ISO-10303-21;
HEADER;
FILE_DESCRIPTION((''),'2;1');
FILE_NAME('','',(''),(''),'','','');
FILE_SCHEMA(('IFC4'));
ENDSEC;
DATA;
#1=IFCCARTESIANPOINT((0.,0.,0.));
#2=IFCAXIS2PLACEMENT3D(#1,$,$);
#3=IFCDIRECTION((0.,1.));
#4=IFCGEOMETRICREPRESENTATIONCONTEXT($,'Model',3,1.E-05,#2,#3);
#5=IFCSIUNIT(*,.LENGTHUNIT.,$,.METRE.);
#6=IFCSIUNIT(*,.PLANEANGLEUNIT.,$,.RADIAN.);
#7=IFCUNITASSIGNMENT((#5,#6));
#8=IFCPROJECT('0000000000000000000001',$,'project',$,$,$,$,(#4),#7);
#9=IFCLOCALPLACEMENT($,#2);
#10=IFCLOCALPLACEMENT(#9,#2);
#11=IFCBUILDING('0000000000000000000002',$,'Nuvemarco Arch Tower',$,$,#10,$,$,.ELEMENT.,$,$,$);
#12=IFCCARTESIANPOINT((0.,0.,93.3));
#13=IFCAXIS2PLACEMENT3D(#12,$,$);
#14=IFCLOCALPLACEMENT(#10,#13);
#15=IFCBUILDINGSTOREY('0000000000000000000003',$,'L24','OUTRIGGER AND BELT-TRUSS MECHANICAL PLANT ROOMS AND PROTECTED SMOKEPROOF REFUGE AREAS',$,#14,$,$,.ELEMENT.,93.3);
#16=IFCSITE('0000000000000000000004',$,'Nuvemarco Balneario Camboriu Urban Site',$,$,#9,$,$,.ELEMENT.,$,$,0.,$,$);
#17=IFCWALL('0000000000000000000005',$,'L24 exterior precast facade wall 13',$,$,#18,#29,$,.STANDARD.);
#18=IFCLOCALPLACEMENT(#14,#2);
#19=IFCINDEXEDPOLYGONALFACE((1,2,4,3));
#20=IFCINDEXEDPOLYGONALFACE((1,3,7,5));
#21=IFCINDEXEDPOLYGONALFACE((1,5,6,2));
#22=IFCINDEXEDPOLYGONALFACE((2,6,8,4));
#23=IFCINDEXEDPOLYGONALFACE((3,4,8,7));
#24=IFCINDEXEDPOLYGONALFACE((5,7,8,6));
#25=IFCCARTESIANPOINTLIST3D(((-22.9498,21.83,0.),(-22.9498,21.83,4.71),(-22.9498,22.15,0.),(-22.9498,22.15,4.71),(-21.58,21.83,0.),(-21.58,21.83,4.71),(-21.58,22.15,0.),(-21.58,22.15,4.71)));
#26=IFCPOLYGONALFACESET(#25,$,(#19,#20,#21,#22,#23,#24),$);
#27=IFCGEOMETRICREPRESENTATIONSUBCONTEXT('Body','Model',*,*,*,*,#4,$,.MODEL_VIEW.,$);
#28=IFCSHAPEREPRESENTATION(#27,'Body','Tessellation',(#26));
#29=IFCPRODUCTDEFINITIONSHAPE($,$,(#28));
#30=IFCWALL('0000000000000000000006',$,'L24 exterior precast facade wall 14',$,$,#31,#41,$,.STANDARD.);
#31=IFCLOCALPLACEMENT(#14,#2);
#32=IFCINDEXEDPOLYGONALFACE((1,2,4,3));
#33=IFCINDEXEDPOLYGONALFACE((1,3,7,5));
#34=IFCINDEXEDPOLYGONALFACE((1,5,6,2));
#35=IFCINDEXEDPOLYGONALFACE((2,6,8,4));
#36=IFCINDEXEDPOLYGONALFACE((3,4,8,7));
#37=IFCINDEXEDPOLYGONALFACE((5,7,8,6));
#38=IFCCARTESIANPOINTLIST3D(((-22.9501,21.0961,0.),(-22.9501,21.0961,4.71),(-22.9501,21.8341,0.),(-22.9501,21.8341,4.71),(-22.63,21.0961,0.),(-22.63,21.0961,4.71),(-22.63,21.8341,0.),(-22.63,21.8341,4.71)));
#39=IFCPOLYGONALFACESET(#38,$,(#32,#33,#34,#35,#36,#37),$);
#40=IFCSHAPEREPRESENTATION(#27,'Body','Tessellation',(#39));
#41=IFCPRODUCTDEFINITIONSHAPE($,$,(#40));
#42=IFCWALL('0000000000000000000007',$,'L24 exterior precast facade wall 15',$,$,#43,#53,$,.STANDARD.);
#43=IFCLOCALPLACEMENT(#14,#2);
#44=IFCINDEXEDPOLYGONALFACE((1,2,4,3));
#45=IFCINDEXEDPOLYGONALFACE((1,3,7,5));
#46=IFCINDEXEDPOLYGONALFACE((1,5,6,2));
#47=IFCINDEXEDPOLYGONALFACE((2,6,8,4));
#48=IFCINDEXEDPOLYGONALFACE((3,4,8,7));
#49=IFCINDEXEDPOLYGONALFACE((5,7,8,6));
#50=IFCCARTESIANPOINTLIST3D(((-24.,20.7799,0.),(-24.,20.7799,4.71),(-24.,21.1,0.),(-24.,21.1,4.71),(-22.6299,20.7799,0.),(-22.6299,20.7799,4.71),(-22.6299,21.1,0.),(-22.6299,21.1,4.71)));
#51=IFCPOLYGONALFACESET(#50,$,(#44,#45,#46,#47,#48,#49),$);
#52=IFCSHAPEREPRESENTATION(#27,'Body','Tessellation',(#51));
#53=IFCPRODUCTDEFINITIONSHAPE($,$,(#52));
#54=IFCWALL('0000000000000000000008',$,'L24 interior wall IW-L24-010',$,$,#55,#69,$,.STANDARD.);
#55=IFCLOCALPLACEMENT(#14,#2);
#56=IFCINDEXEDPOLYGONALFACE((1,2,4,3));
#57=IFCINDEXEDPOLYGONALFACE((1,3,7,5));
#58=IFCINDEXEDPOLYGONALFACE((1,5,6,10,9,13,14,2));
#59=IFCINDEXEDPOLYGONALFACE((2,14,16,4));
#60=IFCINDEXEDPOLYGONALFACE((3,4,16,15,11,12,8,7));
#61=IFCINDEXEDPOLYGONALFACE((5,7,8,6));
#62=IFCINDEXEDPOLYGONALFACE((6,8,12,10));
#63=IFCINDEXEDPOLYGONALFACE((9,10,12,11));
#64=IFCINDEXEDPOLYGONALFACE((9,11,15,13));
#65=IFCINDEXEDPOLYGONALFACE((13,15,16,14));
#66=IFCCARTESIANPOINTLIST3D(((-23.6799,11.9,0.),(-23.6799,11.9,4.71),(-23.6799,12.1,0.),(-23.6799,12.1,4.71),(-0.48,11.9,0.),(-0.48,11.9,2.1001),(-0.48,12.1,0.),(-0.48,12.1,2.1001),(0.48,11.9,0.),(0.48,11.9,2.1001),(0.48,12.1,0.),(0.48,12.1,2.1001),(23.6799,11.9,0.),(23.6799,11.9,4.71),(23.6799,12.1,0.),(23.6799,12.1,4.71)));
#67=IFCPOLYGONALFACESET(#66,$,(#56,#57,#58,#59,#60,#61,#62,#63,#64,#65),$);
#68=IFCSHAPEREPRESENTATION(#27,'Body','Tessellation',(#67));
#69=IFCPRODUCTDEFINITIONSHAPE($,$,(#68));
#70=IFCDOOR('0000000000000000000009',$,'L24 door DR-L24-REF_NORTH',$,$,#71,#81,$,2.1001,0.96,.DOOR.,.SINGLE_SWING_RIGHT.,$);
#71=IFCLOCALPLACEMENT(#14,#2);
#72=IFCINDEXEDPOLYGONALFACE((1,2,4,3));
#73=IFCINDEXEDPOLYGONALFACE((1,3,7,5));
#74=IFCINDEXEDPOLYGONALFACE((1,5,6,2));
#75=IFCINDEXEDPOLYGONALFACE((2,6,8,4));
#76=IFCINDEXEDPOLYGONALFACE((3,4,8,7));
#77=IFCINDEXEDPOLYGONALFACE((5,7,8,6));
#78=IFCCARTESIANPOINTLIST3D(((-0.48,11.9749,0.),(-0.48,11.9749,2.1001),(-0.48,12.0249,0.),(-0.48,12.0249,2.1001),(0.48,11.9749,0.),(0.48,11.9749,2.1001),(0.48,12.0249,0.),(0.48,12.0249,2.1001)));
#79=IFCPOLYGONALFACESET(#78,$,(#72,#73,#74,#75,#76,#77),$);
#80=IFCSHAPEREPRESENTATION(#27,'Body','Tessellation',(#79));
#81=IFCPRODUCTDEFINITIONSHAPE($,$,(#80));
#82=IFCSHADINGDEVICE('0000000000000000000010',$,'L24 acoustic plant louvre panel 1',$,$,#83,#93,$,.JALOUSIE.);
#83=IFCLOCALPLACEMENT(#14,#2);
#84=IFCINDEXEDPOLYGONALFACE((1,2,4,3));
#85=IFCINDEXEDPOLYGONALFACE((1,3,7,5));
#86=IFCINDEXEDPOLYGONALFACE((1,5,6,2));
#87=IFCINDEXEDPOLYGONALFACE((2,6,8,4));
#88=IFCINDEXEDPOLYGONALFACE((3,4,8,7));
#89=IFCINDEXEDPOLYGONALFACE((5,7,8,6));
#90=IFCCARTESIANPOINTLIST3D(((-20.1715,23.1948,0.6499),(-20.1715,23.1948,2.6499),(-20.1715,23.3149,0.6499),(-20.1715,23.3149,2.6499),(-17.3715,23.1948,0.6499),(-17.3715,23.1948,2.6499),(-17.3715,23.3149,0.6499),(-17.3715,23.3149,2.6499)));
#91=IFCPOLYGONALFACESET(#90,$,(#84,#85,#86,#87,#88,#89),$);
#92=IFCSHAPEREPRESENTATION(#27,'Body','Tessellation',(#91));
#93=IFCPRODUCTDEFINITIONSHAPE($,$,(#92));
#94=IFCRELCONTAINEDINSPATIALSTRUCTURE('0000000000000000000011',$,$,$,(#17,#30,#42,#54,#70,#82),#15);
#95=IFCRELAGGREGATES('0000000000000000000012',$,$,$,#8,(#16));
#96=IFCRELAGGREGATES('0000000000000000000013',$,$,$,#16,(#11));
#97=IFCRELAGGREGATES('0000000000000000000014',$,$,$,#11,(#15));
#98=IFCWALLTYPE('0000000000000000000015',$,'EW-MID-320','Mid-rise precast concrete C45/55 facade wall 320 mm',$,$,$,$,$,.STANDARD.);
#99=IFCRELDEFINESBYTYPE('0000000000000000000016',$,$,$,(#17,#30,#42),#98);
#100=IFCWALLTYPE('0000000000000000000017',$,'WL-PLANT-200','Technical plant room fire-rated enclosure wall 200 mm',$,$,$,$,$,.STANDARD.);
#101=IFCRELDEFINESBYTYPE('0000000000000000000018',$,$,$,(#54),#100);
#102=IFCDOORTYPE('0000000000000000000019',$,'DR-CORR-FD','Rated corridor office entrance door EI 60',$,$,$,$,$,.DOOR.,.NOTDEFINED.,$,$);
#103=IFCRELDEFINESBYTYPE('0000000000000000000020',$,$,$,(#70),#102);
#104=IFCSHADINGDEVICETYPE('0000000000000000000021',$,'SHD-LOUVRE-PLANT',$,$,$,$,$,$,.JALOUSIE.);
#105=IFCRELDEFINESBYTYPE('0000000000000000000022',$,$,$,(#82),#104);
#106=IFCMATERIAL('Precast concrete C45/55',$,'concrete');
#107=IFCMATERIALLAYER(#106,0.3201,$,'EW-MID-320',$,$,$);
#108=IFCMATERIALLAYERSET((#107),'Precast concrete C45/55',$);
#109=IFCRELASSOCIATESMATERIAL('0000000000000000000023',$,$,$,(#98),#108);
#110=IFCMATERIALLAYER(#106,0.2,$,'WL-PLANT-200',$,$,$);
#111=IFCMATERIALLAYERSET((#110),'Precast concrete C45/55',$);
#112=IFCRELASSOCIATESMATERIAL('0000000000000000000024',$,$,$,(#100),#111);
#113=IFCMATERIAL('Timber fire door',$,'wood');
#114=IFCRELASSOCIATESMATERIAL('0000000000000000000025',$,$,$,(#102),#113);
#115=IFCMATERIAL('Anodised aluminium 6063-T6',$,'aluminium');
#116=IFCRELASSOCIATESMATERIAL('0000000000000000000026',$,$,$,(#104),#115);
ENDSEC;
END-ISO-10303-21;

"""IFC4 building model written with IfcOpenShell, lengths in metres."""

from ifc_helpers import new_model, si_unit, direction, frame, frame_2d, origin, origin_2d, place, context, subcontext, project, spatial, rectangle, extrude, source, transform, mapped, material, layer, layer_set, type_object, type_shapes, element, fill, save


model = new_model("IFC4")

# Units and contexts
model_context = context("Model", 3, precision=1e-05, world=origin(), true_north=direction((0.0, 1.0)))
body_context = subcontext(model_context, "Body", "Model", "MODEL_VIEW")
ifc_project = project(units=[si_unit("LENGTHUNIT", "METRE"), si_unit("PLANEANGLEUNIT", "RADIAN")], contexts=[model_context])

# Site, building, storey
site_placement = place(None, origin())
site = spatial("IfcSite", under=ifc_project, at=site_placement, Name="Nuvemarco Balneario Camboriu Urban Site", CompositionType="ELEMENT", RefElevation=0.0)
building_placement = place(site_placement, origin())
building = spatial("IfcBuilding", under=site, at=building_placement, Name="Nuvemarco Arch Tower", CompositionType="ELEMENT")
storey_placement = place(building_placement, frame((0.0, 0.0, 93.3)))
storey = spatial("IfcBuildingStorey", under=building, at=storey_placement, Name="L24", Description="OUTRIGGER AND BELT-TRUSS MECHANICAL PLANT ROOMS AND PROTECTED SMOKEPROOF REFUGE AREAS", CompositionType="ELEMENT", Elevation=93.3)

# Walls
ifc_material_1 = material(Name="Precast concrete C45/55", Category="concrete")
ifc_layer_1 = layer(ifc_material_1, 0.3201, Name="EW-MID-320")
ifc_layer_set_1 = layer_set([ifc_layer_1], Name="Precast concrete C45/55")
wall_type_1 = type_object("IfcWallType", Name="EW-MID-320", Description="Mid-rise precast concrete C45/55 facade wall 320 mm", PredefinedType="STANDARD", material=ifc_layer_set_1)
wall_1_placement = place(storey_placement, frame((-22.95, 21.99, 0.0), z_axis=(0.0, 0.0, 1.0), x_axis=(1.0, 0.0, 0.0)))
element("IfcWall", 1, at=wall_1_placement, inside=storey, type_object=wall_type_1, Name="L24 exterior precast facade wall 13", PredefinedType="STANDARD", context=body_context, shape_type="SweptSolid", body=[
    extrude(rectangle(XDim=1.3699, YDim=0.3201, at=frame_2d((0.6851, 0.0))), origin(), (0.0, 0.0, 1.0), 4.71),
])
wall_2_placement = place(storey_placement, frame((-22.79, 21.0959, 0.0), z_axis=(0.0, 0.0, 1.0), x_axis=(0.0, 1.0, 0.0)))
element("IfcWall", 2, at=wall_2_placement, inside=storey, type_object=wall_type_1, Name="L24 exterior precast facade wall 14", PredefinedType="STANDARD", context=body_context, shape_type="SweptSolid", body=[
    extrude(rectangle(XDim=0.738, YDim=0.3201, at=frame_2d((0.3691, 0.0))), origin(), (0.0, 0.0, 1.0), 4.71),
])
wall_3_placement = place(storey_placement, frame((-24.0, 20.9399, 0.0), z_axis=(0.0, 0.0, 1.0), x_axis=(1.0, 0.0, 0.0)))
element("IfcWall", 3, at=wall_3_placement, inside=storey, type_object=wall_type_1, Name="L24 exterior precast facade wall 15", PredefinedType="STANDARD", context=body_context, shape_type="SweptSolid", body=[
    extrude(rectangle(XDim=1.3701, YDim=0.3201, at=frame_2d((0.6851, 0.0))), origin(), (0.0, 0.0, 1.0), 4.71),
])

# Wall, opening, door
ifc_layer_2 = layer(ifc_material_1, 0.2, Name="WL-PLANT-200")
ifc_layer_set_2 = layer_set([ifc_layer_2], Name="Precast concrete C45/55")
wall_type_2 = type_object("IfcWallType", Name="WL-PLANT-200", Description="Technical plant room fire-rated enclosure wall 200 mm", PredefinedType="STANDARD", material=ifc_layer_set_2)
wall_4_placement = place(storey_placement, frame((-23.6799, 12.0, 0.0), z_axis=(0.0, 0.0, 1.0), x_axis=(1.0, 0.0, 0.0)))
wall_4 = element("IfcWall", 4, at=wall_4_placement, inside=storey, type_object=wall_type_2, Name="L24 interior wall IW-L24-010", PredefinedType="STANDARD", context=body_context, shape_type="SweptSolid", body=[
    extrude(rectangle(XDim=47.3599, YDim=0.2, at=frame_2d((23.6799, 0.0))), origin(), (0.0, 0.0, 1.0), 4.71),
])
opening_placement = place(wall_4_placement, frame((23.2, 0.0, 0.0)))
opening = element("IfcOpeningElement", 5, at=opening_placement, cuts=wall_4, PredefinedType="OPENING", context=body_context, shape_type="SweptSolid", body=[
    extrude(rectangle(XDim=0.96, YDim=2.1001, at=frame_2d((0.48, 1.05))), frame((0.0, 0.1099, 0.0), z_axis=(0.0, -1.0, 0.0), x_axis=(1.0, 0.0, 0.0)), (0.0, 0.0, 1.0), 0.22),
])
ifc_material_2 = material(Name="Timber fire door", Category="wood")
door_type = type_object("IfcDoorType", Name="DR-CORR-FD", Description="Rated corridor office entrance door EI 60", OperationType="NOTDEFINED", PredefinedType="DOOR", material=ifc_material_2)
shared_shape_1 = source(origin(), body_context, "Body", "SweptSolid", [
    extrude(rectangle(XDim=0.96, YDim=2.1001, at=frame_2d((0.48, 1.05))), frame((0.0, 0.0249, 0.0), z_axis=(0.0, -1.0, 0.0), x_axis=(1.0, 0.0, 0.0)), (0.0, 0.0, 1.0), 0.05),
])
type_shapes(door_type, [shared_shape_1])
door_placement = place(opening_placement, origin())
door = element("IfcDoor", 6, at=door_placement, inside=storey, type_object=door_type, Name="L24 door DR-L24-REF_NORTH", OperationType="SINGLE_SWING_RIGHT", OverallHeight=2.1001, OverallWidth=0.96, PredefinedType="DOOR", context=body_context, shape_type="MappedRepresentation", body=[
    mapped(shared_shape_1, transform((0.0, 0.0, 0.0), scale=1.0)),
])
fill(opening, door)

# Shading device
ifc_material_3 = material(Name="Anodised aluminium 6063-T6", Category="aluminium")
shading_device_type = type_object("IfcShadingDeviceType", Name="SHD-LOUVRE-PLANT", PredefinedType="JALOUSIE", material=ifc_material_3)
shared_shape_2 = source(origin(), body_context, "Body", "SweptSolid", [
    extrude(rectangle(XDim=2.8, YDim=0.1201, at=origin_2d()), origin(), (0.0, 0.0, 1.0), 2.0),
])
type_shapes(shading_device_type, [shared_shape_2])
shading_device_placement = place(storey_placement, frame((-18.7715, 23.2549, 0.6499), z_axis=(0.0, 0.0, 1.0), x_axis=(1.0, 0.0, 0.0)))
element("IfcShadingDevice", 7, at=shading_device_placement, inside=storey, type_object=shading_device_type, Name="L24 acoustic plant louvre panel 1", PredefinedType="JALOUSIE", context=body_context, shape_type="MappedRepresentation", body=[
    mapped(shared_shape_2, transform((0.0, 0.0, 0.0), scale=1.0)),
])

save(model, "model.ifc")
